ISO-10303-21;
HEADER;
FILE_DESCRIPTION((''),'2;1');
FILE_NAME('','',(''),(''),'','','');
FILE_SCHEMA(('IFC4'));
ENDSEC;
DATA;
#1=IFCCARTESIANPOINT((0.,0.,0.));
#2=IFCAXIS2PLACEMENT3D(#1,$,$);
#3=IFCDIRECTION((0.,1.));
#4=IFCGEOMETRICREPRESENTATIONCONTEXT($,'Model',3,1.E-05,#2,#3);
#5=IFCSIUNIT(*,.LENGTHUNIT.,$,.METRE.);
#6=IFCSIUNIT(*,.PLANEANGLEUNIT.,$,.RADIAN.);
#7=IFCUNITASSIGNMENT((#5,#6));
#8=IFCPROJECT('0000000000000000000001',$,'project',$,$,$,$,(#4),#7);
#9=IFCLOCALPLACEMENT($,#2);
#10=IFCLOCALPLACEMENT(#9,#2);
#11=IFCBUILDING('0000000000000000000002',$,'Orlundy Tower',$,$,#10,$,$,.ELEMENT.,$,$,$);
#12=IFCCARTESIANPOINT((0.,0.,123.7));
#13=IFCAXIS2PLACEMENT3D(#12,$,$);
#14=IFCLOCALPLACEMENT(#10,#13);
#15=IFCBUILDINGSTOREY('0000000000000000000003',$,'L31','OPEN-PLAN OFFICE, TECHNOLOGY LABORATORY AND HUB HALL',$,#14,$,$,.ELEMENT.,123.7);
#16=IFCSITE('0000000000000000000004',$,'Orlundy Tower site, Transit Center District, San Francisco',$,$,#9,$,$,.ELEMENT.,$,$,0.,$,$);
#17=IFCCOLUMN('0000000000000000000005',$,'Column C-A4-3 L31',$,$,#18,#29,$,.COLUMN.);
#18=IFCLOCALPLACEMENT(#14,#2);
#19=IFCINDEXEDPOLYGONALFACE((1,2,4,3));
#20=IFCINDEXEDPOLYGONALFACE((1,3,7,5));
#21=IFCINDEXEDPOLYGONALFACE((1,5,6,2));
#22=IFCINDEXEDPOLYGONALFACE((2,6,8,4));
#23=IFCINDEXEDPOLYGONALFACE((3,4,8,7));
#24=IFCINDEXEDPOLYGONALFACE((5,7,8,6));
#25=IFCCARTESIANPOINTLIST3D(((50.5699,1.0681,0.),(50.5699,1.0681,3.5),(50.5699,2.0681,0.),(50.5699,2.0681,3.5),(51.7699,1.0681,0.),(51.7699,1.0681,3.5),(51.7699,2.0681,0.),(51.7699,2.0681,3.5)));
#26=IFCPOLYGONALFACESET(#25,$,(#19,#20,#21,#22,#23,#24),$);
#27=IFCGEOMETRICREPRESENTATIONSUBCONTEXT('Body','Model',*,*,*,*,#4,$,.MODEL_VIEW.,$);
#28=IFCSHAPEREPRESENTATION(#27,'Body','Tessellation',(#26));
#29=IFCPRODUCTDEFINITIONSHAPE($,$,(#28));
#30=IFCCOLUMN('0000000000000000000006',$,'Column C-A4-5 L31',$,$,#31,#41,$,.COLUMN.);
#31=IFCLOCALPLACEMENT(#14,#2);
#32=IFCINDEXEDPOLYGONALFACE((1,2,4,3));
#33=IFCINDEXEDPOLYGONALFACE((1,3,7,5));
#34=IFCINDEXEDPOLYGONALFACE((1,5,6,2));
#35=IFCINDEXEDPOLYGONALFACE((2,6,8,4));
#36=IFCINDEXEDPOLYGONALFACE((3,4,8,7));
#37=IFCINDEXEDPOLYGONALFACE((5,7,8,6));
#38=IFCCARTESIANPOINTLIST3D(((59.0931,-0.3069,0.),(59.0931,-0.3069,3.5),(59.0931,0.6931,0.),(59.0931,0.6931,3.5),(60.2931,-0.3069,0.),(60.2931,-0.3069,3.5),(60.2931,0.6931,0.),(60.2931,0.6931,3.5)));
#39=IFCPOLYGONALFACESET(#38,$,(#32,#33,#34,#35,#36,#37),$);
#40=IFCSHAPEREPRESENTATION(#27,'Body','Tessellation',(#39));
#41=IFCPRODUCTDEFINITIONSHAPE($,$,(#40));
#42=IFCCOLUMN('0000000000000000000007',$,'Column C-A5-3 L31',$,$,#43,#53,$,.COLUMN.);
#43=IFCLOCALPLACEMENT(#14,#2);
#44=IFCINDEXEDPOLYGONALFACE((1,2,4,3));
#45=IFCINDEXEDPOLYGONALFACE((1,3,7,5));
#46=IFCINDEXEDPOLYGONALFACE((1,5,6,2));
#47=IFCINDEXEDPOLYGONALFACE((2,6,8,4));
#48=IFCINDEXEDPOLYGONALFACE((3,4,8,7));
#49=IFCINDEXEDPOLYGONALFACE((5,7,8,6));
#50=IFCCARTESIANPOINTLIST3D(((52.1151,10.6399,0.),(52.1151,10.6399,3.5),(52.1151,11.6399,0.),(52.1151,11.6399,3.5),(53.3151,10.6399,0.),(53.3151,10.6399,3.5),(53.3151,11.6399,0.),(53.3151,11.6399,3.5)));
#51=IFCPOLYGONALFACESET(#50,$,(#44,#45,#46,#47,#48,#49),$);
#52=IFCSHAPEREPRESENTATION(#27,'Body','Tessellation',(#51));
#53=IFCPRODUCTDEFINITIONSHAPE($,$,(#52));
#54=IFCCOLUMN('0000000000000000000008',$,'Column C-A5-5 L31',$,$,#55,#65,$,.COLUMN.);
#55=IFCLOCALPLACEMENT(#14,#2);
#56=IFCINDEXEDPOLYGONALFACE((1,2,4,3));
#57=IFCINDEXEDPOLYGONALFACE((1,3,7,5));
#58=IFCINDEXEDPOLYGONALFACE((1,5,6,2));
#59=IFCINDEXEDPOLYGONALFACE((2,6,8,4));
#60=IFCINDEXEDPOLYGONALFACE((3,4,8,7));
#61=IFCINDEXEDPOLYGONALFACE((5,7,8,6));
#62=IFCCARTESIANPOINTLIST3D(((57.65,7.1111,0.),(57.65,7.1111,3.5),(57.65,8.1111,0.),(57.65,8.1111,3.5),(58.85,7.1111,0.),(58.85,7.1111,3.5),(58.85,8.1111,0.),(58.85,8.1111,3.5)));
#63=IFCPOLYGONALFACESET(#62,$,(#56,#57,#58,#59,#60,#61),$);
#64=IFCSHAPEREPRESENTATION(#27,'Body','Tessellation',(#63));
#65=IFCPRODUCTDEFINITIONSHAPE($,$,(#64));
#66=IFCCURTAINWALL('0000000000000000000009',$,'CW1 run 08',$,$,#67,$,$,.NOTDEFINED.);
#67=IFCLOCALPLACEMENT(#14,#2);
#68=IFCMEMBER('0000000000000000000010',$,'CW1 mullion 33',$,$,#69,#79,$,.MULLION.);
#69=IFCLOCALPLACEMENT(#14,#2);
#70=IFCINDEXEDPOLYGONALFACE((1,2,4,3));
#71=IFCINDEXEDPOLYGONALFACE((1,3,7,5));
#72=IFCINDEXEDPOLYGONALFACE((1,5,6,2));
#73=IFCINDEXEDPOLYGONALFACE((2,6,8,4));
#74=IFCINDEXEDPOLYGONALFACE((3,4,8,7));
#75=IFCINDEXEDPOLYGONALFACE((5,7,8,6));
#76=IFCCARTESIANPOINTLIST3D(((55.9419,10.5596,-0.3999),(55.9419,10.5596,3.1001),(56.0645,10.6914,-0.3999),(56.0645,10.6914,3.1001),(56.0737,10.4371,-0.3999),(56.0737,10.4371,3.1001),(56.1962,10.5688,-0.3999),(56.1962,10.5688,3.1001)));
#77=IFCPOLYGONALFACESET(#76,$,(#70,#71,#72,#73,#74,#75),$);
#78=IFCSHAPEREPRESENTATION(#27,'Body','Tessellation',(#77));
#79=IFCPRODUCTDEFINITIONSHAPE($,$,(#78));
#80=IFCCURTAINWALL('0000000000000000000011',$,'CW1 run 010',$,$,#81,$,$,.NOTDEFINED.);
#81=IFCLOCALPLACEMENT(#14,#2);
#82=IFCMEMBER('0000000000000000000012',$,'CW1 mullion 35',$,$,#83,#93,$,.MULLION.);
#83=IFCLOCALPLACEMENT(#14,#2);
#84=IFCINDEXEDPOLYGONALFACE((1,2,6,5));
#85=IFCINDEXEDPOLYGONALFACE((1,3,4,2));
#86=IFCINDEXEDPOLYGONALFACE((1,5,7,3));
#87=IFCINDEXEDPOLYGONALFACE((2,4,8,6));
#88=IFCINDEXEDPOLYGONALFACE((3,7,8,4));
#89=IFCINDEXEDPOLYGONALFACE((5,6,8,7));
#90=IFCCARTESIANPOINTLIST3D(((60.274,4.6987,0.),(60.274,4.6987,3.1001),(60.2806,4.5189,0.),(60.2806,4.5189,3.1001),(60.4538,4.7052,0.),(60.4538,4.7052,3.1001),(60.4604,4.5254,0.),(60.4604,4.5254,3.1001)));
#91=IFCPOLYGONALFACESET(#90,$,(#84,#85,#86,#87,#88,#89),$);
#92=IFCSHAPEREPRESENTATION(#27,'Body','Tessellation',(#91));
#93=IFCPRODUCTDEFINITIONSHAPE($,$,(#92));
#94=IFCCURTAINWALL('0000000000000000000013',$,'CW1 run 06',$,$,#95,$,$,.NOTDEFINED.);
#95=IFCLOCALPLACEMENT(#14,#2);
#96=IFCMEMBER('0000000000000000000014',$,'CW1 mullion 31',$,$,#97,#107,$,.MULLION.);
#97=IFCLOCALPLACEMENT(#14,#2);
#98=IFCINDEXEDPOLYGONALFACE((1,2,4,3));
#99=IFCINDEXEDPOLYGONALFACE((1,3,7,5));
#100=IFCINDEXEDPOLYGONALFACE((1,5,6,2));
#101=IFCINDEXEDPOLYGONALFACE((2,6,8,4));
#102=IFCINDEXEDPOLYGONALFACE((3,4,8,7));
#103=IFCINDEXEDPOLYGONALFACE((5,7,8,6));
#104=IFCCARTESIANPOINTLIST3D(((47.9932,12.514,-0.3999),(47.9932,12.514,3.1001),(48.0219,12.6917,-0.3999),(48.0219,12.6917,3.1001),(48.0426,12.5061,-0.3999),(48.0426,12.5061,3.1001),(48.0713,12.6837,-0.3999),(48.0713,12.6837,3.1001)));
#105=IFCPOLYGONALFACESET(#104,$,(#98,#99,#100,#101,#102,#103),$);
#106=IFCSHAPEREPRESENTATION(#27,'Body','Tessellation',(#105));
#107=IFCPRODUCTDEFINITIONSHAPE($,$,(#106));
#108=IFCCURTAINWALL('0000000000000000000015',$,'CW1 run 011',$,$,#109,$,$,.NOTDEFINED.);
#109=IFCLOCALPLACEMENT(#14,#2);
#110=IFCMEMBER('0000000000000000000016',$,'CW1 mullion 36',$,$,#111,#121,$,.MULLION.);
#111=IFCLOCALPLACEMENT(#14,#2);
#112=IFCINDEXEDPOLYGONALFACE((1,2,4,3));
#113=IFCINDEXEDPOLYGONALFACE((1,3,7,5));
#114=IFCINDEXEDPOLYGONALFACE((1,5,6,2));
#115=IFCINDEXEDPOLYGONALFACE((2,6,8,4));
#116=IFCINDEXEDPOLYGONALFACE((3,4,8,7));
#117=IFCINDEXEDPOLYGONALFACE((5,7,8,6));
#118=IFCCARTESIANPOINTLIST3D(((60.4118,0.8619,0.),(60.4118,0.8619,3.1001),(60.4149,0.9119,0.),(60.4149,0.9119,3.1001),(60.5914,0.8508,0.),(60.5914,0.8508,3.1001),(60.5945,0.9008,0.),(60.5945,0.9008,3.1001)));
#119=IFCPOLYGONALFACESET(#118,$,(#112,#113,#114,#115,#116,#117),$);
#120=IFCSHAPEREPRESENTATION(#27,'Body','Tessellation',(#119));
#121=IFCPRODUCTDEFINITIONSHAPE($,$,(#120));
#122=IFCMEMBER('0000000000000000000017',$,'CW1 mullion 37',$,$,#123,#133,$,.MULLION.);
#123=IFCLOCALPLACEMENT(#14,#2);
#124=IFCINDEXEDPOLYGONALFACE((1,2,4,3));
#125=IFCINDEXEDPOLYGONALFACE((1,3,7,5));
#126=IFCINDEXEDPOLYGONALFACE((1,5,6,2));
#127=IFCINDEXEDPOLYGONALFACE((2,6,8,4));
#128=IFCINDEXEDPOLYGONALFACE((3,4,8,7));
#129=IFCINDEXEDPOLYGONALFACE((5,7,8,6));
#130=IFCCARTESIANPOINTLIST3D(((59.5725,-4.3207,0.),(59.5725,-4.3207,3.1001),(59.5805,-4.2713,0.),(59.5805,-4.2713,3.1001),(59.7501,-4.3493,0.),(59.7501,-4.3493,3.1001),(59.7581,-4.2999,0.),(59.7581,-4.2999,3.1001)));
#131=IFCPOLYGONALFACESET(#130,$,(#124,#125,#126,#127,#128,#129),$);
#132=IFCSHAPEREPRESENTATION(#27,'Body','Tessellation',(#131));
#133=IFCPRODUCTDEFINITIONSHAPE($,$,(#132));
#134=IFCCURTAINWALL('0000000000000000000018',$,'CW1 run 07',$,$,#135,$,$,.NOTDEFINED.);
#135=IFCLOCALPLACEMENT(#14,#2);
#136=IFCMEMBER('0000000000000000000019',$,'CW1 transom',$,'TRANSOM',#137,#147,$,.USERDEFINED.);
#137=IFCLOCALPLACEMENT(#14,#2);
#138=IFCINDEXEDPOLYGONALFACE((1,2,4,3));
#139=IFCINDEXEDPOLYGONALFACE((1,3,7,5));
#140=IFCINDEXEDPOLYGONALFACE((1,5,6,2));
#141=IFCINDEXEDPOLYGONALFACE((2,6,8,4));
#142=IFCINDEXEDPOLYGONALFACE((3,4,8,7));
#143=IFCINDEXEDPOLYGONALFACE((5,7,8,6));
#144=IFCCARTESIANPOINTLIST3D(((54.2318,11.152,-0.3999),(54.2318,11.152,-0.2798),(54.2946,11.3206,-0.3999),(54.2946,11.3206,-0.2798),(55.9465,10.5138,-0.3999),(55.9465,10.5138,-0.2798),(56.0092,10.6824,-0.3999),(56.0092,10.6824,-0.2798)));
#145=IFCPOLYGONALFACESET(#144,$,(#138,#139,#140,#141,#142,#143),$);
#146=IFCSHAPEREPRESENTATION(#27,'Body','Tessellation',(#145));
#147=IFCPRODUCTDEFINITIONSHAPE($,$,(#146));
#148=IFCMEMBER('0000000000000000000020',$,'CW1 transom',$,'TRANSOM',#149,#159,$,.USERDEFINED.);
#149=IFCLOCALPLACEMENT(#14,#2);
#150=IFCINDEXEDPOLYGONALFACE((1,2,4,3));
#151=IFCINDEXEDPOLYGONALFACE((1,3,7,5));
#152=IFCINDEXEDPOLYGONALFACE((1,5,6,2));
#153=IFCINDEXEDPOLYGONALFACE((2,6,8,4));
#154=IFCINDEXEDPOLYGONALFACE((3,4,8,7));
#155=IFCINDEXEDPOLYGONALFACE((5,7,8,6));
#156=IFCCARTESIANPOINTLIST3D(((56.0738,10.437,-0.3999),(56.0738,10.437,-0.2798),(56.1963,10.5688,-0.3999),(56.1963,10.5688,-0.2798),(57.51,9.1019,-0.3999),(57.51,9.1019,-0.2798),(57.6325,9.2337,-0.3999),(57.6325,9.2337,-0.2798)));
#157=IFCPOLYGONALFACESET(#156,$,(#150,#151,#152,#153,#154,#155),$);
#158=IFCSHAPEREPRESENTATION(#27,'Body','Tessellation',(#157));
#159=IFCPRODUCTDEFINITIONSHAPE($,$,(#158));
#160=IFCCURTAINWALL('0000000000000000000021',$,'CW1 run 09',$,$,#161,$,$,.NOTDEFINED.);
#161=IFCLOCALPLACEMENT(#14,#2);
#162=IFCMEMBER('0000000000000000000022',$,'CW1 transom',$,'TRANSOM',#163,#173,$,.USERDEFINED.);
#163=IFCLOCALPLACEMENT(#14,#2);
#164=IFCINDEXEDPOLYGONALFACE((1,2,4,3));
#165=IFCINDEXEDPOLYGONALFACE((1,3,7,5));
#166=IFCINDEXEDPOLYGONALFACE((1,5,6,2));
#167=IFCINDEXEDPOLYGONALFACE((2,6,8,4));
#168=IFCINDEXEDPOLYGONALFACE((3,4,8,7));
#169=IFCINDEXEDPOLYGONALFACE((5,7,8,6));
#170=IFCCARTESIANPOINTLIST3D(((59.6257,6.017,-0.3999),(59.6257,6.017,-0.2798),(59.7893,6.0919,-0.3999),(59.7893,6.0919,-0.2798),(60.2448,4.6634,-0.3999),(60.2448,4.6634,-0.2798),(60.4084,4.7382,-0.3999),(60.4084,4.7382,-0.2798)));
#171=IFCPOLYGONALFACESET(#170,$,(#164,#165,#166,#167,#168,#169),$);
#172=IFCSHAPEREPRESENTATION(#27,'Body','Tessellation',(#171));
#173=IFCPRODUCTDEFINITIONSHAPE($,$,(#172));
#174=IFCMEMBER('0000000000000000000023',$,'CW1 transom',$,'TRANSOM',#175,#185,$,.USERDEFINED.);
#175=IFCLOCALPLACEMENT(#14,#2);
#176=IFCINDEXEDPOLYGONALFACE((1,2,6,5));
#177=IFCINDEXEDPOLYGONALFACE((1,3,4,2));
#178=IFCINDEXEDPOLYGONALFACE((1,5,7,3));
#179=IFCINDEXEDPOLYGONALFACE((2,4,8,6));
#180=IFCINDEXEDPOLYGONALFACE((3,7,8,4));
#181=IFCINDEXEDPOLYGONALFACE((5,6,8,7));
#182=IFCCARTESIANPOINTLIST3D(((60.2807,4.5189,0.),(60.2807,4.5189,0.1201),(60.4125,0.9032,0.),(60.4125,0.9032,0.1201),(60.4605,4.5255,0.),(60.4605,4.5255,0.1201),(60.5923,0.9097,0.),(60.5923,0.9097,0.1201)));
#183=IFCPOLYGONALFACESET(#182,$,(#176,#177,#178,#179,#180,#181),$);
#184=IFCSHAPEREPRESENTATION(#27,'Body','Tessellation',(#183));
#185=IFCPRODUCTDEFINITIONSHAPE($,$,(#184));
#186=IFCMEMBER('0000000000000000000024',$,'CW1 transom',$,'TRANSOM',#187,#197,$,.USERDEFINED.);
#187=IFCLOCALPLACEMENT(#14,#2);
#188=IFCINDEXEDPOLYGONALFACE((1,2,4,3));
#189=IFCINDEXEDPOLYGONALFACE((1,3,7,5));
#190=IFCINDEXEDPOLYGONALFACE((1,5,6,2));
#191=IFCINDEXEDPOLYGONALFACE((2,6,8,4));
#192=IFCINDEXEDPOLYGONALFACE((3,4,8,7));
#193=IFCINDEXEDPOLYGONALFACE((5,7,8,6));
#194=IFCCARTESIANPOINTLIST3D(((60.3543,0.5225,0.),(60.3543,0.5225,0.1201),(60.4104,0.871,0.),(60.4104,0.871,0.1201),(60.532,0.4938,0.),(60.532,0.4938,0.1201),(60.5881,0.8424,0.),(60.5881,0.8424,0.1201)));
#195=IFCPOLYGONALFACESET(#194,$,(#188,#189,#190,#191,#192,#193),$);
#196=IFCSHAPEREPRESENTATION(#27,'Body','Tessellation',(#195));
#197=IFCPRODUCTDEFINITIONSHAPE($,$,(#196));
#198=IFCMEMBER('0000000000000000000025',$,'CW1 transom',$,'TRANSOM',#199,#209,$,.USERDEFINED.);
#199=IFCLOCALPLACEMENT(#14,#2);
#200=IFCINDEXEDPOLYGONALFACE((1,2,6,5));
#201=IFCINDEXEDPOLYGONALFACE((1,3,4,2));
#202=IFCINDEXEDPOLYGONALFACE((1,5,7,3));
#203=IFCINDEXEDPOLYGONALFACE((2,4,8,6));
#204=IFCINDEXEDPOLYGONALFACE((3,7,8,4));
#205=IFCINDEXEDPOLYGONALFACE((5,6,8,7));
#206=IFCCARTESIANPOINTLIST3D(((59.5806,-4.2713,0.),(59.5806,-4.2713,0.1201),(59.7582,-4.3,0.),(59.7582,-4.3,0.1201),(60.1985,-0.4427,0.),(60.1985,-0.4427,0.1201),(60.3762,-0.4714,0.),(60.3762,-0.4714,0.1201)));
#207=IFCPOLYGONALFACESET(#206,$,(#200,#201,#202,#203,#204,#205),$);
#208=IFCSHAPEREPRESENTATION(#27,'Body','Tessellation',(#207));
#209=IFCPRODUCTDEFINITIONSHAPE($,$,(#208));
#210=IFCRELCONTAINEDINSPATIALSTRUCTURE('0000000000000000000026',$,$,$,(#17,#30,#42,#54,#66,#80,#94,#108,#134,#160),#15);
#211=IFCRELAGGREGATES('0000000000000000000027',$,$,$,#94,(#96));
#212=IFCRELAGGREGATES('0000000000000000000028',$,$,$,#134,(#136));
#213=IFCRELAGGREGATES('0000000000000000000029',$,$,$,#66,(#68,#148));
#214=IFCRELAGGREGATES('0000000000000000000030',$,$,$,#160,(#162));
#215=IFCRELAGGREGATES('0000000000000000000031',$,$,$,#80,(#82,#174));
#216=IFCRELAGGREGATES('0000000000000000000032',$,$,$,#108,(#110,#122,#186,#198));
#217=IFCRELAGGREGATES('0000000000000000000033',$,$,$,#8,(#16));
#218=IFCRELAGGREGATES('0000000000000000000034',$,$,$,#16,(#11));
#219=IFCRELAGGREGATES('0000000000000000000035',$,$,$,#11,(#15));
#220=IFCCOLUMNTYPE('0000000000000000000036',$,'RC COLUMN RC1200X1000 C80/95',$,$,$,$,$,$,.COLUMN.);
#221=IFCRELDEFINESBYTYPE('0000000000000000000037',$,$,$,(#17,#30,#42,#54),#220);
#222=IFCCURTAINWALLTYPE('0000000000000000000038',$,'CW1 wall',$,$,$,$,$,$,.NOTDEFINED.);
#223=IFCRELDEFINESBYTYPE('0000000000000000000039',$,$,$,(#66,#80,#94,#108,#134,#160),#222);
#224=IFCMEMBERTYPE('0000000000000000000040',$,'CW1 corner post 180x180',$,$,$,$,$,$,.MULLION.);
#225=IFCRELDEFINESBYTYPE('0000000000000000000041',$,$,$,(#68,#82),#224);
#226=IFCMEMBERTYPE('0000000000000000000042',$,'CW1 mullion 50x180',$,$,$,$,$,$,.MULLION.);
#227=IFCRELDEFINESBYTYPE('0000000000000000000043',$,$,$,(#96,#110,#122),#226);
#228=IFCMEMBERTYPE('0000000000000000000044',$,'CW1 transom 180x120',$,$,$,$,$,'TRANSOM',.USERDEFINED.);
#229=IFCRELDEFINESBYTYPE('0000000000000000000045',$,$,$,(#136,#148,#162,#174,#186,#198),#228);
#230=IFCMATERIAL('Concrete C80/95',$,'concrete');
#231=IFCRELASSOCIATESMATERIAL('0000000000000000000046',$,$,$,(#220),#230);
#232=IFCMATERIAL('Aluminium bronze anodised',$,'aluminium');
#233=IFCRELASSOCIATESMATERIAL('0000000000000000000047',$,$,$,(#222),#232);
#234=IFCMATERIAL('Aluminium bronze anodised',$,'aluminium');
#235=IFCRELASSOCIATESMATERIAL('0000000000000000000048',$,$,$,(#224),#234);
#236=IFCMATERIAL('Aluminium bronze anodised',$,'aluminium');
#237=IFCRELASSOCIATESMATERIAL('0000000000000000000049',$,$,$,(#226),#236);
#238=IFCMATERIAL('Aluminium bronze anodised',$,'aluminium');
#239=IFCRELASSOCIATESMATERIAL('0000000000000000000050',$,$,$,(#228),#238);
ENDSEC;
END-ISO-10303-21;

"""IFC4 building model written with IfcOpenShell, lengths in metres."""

from ifc_helpers import new_model, si_unit, direction, frame, origin, origin_2d, place, context, subcontext, project, spatial, rectangle, extrude, material, material_profile, profile_set, type_object, element, aggregate, save


model = new_model("IFC4")

# Units and contexts
model_context = context("Model", 3, precision=1e-05, world=origin(), true_north=direction((0.0, 1.0)))
body_context = subcontext(model_context, "Body", "Model", "MODEL_VIEW")
ifc_project = project(units=[si_unit("LENGTHUNIT", "METRE"), si_unit("PLANEANGLEUNIT", "RADIAN")], contexts=[model_context])

# Site, building, storey
site_placement = place(None, origin())
site = spatial("IfcSite", under=ifc_project, at=site_placement, Name="Orlundy Tower site, Transit Center District, San Francisco", CompositionType="ELEMENT", RefElevation=0.0)
building_placement = place(site_placement, origin())
building = spatial("IfcBuilding", under=site, at=building_placement, Name="Orlundy Tower", CompositionType="ELEMENT")
storey_placement = place(building_placement, frame((0.0, 0.0, 123.7)))
storey = spatial("IfcBuildingStorey", under=building, at=storey_placement, Name="L31", Description="OPEN-PLAN OFFICE, TECHNOLOGY LABORATORY AND HUB HALL", CompositionType="ELEMENT", Elevation=123.7)

# Columns
ifc_material_1 = material(Name="Concrete C80/95", Category="concrete")
ifc_material_profile_1 = material_profile(ifc_material_1, rectangle(XDim=1.2, YDim=1.0, at=origin_2d()), Name="RC1200X1000")
ifc_profile_set_1 = profile_set([ifc_material_profile_1], Name="Concrete C80/95")
column_type = type_object("IfcColumnType", Name="RC COLUMN RC1200X1000 C80/95", PredefinedType="COLUMN", material=ifc_profile_set_1)
for number, where, z_axis, x_axis, name in (
    (1, (51.1699, 1.5681, 0.0), (0.0, 0.0, 1.0), (1.0, 0.0, 0.0), "Column C-A4-3 L31"),
    (2, (59.6931, 0.1931, 0.0), (0.0, 0.0, 1.0), (1.0, 0.0, 0.0), "Column C-A4-5 L31"),
    (3, (52.7151, 11.1399, 0.0), (0.0, 0.0, 1.0), (1.0, 0.0, 0.0), "Column C-A5-3 L31"),
    (4, (58.25, 7.6111, 0.0), (0.0, 0.0, 1.0), (1.0, 0.0, 0.0), "Column C-A5-5 L31"),
):
    element("IfcColumn", number, at=place(storey_placement, frame(where, z_axis=z_axis, x_axis=x_axis)), inside=storey, type_object=column_type, Name=name, PredefinedType="COLUMN", context=body_context, shape_type="SweptSolid", body=[
        extrude(rectangle(XDim=1.2, YDim=1.0, at=origin_2d()), origin(), (0.0, 0.0, 1.0), 3.5),
    ])

# Curtain walls, members
ifc_material_2 = material(Name="Aluminium bronze anodised", Category="aluminium")
curtain_wall_type = type_object("IfcCurtainWallType", Name="CW1 wall", PredefinedType="NOTDEFINED", material=ifc_material_2)
curtain_wall_1_placement = place(storey_placement, origin())
curtain_wall_1 = element("IfcCurtainWall", 5, at=curtain_wall_1_placement, inside=storey, type_object=curtain_wall_type, Name="CW1 run 08", PredefinedType="NOTDEFINED")
ifc_material_3 = material(Name="Aluminium bronze anodised", Category="aluminium")
ifc_material_profile_2 = material_profile(ifc_material_3, rectangle(XDim=0.1799, YDim=0.1799, at=origin_2d()), Name="CW1 corner post 180x180")
ifc_profile_set_2 = profile_set([ifc_material_profile_2], Name="Aluminium bronze anodised")
member_type_1 = type_object("IfcMemberType", Name="CW1 corner post 180x180", PredefinedType="MULLION", material=ifc_profile_set_2)
member_1_placement = place(storey_placement, frame((56.0691, 10.5642, -0.3999), z_axis=(0.0, 0.0, 1.0), x_axis=(0.680875, 0.732399, 0.0)))
member_1 = element("IfcMember", 6, at=member_1_placement, type_object=member_type_1, Name="CW1 mullion 33", PredefinedType="MULLION", context=body_context, shape_type="SweptSolid", body=[
    extrude(rectangle(XDim=0.1799, YDim=0.1799, at=origin_2d()), origin(), (0.0, 0.0, 1.0), 3.5),
])
curtain_wall_2_placement = place(storey_placement, origin())
curtain_wall_2 = element("IfcCurtainWall", 7, at=curtain_wall_2_placement, inside=storey, type_object=curtain_wall_type, Name="CW1 run 010", PredefinedType="NOTDEFINED")
member_2_placement = place(storey_placement, frame((60.3672, 4.6121, 0.0), z_axis=(0.0, 0.0, 1.0), x_axis=(0.999336, 0.036423, 0.0)))
member_2 = element("IfcMember", 8, at=member_2_placement, type_object=member_type_1, Name="CW1 mullion 35", PredefinedType="MULLION", context=body_context, shape_type="SweptSolid", body=[
    extrude(rectangle(XDim=0.1799, YDim=0.1799, at=origin_2d()), origin(), (0.0, 0.0, 1.0), 3.1001),
])
curtain_wall_3_placement = place(storey_placement, origin())
curtain_wall_3 = element("IfcCurtainWall", 9, at=curtain_wall_3_placement, inside=storey, type_object=curtain_wall_type, Name="CW1 run 06", PredefinedType="NOTDEFINED")
ifc_material_4 = material(Name="Aluminium bronze anodised", Category="aluminium")
ifc_material_profile_3 = material_profile(ifc_material_4, rectangle(XDim=0.1799, YDim=0.05, at=origin_2d()), Name="CW1 mullion 50x180")
ifc_profile_set_3 = profile_set([ifc_material_profile_3], Name="Aluminium bronze anodised")
member_type_2 = type_object("IfcMemberType", Name="CW1 mullion 50x180", PredefinedType="MULLION", material=ifc_profile_set_3)
member_3_placement = place(storey_placement, frame((48.0322, 12.5989, -0.3999), z_axis=(0.0, 0.0, 1.0), x_axis=(0.159302, 0.98723, 0.0)))
member_3 = element("IfcMember", 10, at=member_3_placement, type_object=member_type_2, Name="CW1 mullion 31", PredefinedType="MULLION", context=body_context, shape_type="SweptSolid", body=[
    extrude(rectangle(XDim=0.1799, YDim=0.05, at=origin_2d()), origin(), (0.0, 0.0, 1.0), 3.5),
])

# Curtain wall, members
curtain_wall_4_placement = place(storey_placement, origin())
curtain_wall_4 = element("IfcCurtainWall", 11, at=curtain_wall_4_placement, inside=storey, type_object=curtain_wall_type, Name="CW1 run 011", PredefinedType="NOTDEFINED")
member_4_placement = place(storey_placement, frame((60.5032, 0.8813, 0.0), z_axis=(0.0, 0.0, 1.0), x_axis=(0.998092, -0.061752, 0.0)))
member_4 = element("IfcMember", 12, at=member_4_placement, type_object=member_type_2, Name="CW1 mullion 36", PredefinedType="MULLION", context=body_context, shape_type="SweptSolid", body=[
    extrude(rectangle(XDim=0.1799, YDim=0.05, at=origin_2d()), origin(), (0.0, 0.0, 1.0), 3.1001),
])
member_5_placement = place(storey_placement, frame((59.6653, -4.3103, 0.0), z_axis=(0.0, 0.0, 1.0), x_axis=(0.987225, -0.159331, 0.0)))
member_5 = element("IfcMember", 13, at=member_5_placement, type_object=member_type_2, Name="CW1 mullion 37", PredefinedType="MULLION", context=body_context, shape_type="SweptSolid", body=[
    extrude(rectangle(XDim=0.1799, YDim=0.05, at=origin_2d()), origin(), (0.0, 0.0, 1.0), 3.1001),
])

# Curtain wall, member
curtain_wall_5_placement = place(storey_placement, origin())
curtain_wall_5 = element("IfcCurtainWall", 14, at=curtain_wall_5_placement, inside=storey, type_object=curtain_wall_type, Name="CW1 run 07", PredefinedType="NOTDEFINED")
ifc_material_5 = material(Name="Aluminium bronze anodised", Category="aluminium")
ifc_material_profile_4 = material_profile(ifc_material_5, rectangle(XDim=0.1799, YDim=0.1201, at=origin_2d()), Name="CW1 transom 180x120")
ifc_profile_set_4 = profile_set([ifc_material_profile_4], Name="Aluminium bronze anodised")
member_type_3 = type_object("IfcMemberType", Name="CW1 transom 180x120", ElementType="TRANSOM", PredefinedType="USERDEFINED", material=ifc_profile_set_4)
member_6_placement = place(storey_placement, frame((54.2632, 11.2363, -0.3398), z_axis=(0.937187, -0.348826, 0.0), x_axis=(0.348826, 0.937187, 0.0)))
member_6 = element("IfcMember", 15, at=member_6_placement, type_object=member_type_3, Name="CW1 transom", ObjectType="TRANSOM", PredefinedType="USERDEFINED", context=body_context, shape_type="SweptSolid", body=[
    extrude(rectangle(XDim=0.1799, YDim=0.1201, at=origin_2d()), origin(), (0.0, 0.0, 1.0), 1.8296),
])

# Member
member_7_placement = place(storey_placement, frame((56.135, 10.5029, -0.3398), z_axis=(0.732408, -0.680866, 0.0), x_axis=(0.680866, 0.732408, 0.0)))
member_7 = element("IfcMember", 16, at=member_7_placement, type_object=member_type_3, Name="CW1 transom", ObjectType="TRANSOM", PredefinedType="USERDEFINED", context=body_context, shape_type="SweptSolid", body=[
    extrude(rectangle(XDim=0.1799, YDim=0.1201, at=origin_2d()), origin(), (0.0, 0.0, 1.0), 1.9609),
])

# Curtain wall, member
curtain_wall_6_placement = place(storey_placement, origin())
curtain_wall_6 = element("IfcCurtainWall", 17, at=curtain_wall_6_placement, inside=storey, type_object=curtain_wall_type, Name="CW1 run 09", PredefinedType="NOTDEFINED")
member_8_placement = place(storey_placement, frame((59.7075, 6.0544, -0.3398), z_axis=(0.415915, -0.909404, 0.0), x_axis=(0.909404, 0.415915, 0.0)))
member_8 = element("IfcMember", 18, at=member_8_placement, type_object=member_type_3, Name="CW1 transom", ObjectType="TRANSOM", PredefinedType="USERDEFINED", context=body_context, shape_type="SweptSolid", body=[
    extrude(rectangle(XDim=0.1799, YDim=0.1201, at=origin_2d()), origin(), (0.0, 0.0, 1.0), 1.4885),
])

# Members
member_9_placement = place(storey_placement, frame((60.3706, 4.5222, 0.0601), z_axis=(0.036438, -0.999336, 0.0), x_axis=(0.999336, 0.036438, 0.0)))
member_9 = element("IfcMember", 19, at=member_9_placement, type_object=member_type_3, Name="CW1 transom", ObjectType="TRANSOM", PredefinedType="USERDEFINED", context=body_context, shape_type="SweptSolid", body=[
    extrude(rectangle(XDim=0.1799, YDim=0.1201, at=origin_2d()), origin(), (0.0, 0.0, 1.0), 3.6182),
])
member_10_placement = place(storey_placement, frame((60.4993, 0.8567, 0.0601), z_axis=(-0.159015, -0.987276, 0.0), x_axis=(0.987276, -0.159015, 0.0)))
member_10 = element("IfcMember", 20, at=member_10_placement, type_object=member_type_3, Name="CW1 transom", ObjectType="TRANSOM", PredefinedType="USERDEFINED", context=body_context, shape_type="SweptSolid", body=[
    extrude(rectangle(XDim=0.1799, YDim=0.1201, at=origin_2d()), origin(), (0.0, 0.0, 1.0), 0.353),
])
member_11_placement = place(storey_placement, frame((60.2874, -0.457, 0.0601), z_axis=(-0.159333, -0.987225, 0.0), x_axis=(0.987225, -0.159333, 0.0)))
member_11 = element("IfcMember", 21, at=member_11_placement, type_object=member_type_3, Name="CW1 transom", ObjectType="TRANSOM", PredefinedType="USERDEFINED", context=body_context, shape_type="SweptSolid", body=[
    extrude(rectangle(XDim=0.1799, YDim=0.1201, at=origin_2d()), origin(), (0.0, 0.0, 1.0), 3.8782),
])

aggregate(curtain_wall_3, [member_3])
aggregate(curtain_wall_5, [member_6])
aggregate(curtain_wall_1, [member_1, member_7])
aggregate(curtain_wall_6, [member_8])
aggregate(curtain_wall_2, [member_2, member_9])
aggregate(curtain_wall_4, [member_4, member_5, member_10, member_11])

save(model, "model.ifc")
